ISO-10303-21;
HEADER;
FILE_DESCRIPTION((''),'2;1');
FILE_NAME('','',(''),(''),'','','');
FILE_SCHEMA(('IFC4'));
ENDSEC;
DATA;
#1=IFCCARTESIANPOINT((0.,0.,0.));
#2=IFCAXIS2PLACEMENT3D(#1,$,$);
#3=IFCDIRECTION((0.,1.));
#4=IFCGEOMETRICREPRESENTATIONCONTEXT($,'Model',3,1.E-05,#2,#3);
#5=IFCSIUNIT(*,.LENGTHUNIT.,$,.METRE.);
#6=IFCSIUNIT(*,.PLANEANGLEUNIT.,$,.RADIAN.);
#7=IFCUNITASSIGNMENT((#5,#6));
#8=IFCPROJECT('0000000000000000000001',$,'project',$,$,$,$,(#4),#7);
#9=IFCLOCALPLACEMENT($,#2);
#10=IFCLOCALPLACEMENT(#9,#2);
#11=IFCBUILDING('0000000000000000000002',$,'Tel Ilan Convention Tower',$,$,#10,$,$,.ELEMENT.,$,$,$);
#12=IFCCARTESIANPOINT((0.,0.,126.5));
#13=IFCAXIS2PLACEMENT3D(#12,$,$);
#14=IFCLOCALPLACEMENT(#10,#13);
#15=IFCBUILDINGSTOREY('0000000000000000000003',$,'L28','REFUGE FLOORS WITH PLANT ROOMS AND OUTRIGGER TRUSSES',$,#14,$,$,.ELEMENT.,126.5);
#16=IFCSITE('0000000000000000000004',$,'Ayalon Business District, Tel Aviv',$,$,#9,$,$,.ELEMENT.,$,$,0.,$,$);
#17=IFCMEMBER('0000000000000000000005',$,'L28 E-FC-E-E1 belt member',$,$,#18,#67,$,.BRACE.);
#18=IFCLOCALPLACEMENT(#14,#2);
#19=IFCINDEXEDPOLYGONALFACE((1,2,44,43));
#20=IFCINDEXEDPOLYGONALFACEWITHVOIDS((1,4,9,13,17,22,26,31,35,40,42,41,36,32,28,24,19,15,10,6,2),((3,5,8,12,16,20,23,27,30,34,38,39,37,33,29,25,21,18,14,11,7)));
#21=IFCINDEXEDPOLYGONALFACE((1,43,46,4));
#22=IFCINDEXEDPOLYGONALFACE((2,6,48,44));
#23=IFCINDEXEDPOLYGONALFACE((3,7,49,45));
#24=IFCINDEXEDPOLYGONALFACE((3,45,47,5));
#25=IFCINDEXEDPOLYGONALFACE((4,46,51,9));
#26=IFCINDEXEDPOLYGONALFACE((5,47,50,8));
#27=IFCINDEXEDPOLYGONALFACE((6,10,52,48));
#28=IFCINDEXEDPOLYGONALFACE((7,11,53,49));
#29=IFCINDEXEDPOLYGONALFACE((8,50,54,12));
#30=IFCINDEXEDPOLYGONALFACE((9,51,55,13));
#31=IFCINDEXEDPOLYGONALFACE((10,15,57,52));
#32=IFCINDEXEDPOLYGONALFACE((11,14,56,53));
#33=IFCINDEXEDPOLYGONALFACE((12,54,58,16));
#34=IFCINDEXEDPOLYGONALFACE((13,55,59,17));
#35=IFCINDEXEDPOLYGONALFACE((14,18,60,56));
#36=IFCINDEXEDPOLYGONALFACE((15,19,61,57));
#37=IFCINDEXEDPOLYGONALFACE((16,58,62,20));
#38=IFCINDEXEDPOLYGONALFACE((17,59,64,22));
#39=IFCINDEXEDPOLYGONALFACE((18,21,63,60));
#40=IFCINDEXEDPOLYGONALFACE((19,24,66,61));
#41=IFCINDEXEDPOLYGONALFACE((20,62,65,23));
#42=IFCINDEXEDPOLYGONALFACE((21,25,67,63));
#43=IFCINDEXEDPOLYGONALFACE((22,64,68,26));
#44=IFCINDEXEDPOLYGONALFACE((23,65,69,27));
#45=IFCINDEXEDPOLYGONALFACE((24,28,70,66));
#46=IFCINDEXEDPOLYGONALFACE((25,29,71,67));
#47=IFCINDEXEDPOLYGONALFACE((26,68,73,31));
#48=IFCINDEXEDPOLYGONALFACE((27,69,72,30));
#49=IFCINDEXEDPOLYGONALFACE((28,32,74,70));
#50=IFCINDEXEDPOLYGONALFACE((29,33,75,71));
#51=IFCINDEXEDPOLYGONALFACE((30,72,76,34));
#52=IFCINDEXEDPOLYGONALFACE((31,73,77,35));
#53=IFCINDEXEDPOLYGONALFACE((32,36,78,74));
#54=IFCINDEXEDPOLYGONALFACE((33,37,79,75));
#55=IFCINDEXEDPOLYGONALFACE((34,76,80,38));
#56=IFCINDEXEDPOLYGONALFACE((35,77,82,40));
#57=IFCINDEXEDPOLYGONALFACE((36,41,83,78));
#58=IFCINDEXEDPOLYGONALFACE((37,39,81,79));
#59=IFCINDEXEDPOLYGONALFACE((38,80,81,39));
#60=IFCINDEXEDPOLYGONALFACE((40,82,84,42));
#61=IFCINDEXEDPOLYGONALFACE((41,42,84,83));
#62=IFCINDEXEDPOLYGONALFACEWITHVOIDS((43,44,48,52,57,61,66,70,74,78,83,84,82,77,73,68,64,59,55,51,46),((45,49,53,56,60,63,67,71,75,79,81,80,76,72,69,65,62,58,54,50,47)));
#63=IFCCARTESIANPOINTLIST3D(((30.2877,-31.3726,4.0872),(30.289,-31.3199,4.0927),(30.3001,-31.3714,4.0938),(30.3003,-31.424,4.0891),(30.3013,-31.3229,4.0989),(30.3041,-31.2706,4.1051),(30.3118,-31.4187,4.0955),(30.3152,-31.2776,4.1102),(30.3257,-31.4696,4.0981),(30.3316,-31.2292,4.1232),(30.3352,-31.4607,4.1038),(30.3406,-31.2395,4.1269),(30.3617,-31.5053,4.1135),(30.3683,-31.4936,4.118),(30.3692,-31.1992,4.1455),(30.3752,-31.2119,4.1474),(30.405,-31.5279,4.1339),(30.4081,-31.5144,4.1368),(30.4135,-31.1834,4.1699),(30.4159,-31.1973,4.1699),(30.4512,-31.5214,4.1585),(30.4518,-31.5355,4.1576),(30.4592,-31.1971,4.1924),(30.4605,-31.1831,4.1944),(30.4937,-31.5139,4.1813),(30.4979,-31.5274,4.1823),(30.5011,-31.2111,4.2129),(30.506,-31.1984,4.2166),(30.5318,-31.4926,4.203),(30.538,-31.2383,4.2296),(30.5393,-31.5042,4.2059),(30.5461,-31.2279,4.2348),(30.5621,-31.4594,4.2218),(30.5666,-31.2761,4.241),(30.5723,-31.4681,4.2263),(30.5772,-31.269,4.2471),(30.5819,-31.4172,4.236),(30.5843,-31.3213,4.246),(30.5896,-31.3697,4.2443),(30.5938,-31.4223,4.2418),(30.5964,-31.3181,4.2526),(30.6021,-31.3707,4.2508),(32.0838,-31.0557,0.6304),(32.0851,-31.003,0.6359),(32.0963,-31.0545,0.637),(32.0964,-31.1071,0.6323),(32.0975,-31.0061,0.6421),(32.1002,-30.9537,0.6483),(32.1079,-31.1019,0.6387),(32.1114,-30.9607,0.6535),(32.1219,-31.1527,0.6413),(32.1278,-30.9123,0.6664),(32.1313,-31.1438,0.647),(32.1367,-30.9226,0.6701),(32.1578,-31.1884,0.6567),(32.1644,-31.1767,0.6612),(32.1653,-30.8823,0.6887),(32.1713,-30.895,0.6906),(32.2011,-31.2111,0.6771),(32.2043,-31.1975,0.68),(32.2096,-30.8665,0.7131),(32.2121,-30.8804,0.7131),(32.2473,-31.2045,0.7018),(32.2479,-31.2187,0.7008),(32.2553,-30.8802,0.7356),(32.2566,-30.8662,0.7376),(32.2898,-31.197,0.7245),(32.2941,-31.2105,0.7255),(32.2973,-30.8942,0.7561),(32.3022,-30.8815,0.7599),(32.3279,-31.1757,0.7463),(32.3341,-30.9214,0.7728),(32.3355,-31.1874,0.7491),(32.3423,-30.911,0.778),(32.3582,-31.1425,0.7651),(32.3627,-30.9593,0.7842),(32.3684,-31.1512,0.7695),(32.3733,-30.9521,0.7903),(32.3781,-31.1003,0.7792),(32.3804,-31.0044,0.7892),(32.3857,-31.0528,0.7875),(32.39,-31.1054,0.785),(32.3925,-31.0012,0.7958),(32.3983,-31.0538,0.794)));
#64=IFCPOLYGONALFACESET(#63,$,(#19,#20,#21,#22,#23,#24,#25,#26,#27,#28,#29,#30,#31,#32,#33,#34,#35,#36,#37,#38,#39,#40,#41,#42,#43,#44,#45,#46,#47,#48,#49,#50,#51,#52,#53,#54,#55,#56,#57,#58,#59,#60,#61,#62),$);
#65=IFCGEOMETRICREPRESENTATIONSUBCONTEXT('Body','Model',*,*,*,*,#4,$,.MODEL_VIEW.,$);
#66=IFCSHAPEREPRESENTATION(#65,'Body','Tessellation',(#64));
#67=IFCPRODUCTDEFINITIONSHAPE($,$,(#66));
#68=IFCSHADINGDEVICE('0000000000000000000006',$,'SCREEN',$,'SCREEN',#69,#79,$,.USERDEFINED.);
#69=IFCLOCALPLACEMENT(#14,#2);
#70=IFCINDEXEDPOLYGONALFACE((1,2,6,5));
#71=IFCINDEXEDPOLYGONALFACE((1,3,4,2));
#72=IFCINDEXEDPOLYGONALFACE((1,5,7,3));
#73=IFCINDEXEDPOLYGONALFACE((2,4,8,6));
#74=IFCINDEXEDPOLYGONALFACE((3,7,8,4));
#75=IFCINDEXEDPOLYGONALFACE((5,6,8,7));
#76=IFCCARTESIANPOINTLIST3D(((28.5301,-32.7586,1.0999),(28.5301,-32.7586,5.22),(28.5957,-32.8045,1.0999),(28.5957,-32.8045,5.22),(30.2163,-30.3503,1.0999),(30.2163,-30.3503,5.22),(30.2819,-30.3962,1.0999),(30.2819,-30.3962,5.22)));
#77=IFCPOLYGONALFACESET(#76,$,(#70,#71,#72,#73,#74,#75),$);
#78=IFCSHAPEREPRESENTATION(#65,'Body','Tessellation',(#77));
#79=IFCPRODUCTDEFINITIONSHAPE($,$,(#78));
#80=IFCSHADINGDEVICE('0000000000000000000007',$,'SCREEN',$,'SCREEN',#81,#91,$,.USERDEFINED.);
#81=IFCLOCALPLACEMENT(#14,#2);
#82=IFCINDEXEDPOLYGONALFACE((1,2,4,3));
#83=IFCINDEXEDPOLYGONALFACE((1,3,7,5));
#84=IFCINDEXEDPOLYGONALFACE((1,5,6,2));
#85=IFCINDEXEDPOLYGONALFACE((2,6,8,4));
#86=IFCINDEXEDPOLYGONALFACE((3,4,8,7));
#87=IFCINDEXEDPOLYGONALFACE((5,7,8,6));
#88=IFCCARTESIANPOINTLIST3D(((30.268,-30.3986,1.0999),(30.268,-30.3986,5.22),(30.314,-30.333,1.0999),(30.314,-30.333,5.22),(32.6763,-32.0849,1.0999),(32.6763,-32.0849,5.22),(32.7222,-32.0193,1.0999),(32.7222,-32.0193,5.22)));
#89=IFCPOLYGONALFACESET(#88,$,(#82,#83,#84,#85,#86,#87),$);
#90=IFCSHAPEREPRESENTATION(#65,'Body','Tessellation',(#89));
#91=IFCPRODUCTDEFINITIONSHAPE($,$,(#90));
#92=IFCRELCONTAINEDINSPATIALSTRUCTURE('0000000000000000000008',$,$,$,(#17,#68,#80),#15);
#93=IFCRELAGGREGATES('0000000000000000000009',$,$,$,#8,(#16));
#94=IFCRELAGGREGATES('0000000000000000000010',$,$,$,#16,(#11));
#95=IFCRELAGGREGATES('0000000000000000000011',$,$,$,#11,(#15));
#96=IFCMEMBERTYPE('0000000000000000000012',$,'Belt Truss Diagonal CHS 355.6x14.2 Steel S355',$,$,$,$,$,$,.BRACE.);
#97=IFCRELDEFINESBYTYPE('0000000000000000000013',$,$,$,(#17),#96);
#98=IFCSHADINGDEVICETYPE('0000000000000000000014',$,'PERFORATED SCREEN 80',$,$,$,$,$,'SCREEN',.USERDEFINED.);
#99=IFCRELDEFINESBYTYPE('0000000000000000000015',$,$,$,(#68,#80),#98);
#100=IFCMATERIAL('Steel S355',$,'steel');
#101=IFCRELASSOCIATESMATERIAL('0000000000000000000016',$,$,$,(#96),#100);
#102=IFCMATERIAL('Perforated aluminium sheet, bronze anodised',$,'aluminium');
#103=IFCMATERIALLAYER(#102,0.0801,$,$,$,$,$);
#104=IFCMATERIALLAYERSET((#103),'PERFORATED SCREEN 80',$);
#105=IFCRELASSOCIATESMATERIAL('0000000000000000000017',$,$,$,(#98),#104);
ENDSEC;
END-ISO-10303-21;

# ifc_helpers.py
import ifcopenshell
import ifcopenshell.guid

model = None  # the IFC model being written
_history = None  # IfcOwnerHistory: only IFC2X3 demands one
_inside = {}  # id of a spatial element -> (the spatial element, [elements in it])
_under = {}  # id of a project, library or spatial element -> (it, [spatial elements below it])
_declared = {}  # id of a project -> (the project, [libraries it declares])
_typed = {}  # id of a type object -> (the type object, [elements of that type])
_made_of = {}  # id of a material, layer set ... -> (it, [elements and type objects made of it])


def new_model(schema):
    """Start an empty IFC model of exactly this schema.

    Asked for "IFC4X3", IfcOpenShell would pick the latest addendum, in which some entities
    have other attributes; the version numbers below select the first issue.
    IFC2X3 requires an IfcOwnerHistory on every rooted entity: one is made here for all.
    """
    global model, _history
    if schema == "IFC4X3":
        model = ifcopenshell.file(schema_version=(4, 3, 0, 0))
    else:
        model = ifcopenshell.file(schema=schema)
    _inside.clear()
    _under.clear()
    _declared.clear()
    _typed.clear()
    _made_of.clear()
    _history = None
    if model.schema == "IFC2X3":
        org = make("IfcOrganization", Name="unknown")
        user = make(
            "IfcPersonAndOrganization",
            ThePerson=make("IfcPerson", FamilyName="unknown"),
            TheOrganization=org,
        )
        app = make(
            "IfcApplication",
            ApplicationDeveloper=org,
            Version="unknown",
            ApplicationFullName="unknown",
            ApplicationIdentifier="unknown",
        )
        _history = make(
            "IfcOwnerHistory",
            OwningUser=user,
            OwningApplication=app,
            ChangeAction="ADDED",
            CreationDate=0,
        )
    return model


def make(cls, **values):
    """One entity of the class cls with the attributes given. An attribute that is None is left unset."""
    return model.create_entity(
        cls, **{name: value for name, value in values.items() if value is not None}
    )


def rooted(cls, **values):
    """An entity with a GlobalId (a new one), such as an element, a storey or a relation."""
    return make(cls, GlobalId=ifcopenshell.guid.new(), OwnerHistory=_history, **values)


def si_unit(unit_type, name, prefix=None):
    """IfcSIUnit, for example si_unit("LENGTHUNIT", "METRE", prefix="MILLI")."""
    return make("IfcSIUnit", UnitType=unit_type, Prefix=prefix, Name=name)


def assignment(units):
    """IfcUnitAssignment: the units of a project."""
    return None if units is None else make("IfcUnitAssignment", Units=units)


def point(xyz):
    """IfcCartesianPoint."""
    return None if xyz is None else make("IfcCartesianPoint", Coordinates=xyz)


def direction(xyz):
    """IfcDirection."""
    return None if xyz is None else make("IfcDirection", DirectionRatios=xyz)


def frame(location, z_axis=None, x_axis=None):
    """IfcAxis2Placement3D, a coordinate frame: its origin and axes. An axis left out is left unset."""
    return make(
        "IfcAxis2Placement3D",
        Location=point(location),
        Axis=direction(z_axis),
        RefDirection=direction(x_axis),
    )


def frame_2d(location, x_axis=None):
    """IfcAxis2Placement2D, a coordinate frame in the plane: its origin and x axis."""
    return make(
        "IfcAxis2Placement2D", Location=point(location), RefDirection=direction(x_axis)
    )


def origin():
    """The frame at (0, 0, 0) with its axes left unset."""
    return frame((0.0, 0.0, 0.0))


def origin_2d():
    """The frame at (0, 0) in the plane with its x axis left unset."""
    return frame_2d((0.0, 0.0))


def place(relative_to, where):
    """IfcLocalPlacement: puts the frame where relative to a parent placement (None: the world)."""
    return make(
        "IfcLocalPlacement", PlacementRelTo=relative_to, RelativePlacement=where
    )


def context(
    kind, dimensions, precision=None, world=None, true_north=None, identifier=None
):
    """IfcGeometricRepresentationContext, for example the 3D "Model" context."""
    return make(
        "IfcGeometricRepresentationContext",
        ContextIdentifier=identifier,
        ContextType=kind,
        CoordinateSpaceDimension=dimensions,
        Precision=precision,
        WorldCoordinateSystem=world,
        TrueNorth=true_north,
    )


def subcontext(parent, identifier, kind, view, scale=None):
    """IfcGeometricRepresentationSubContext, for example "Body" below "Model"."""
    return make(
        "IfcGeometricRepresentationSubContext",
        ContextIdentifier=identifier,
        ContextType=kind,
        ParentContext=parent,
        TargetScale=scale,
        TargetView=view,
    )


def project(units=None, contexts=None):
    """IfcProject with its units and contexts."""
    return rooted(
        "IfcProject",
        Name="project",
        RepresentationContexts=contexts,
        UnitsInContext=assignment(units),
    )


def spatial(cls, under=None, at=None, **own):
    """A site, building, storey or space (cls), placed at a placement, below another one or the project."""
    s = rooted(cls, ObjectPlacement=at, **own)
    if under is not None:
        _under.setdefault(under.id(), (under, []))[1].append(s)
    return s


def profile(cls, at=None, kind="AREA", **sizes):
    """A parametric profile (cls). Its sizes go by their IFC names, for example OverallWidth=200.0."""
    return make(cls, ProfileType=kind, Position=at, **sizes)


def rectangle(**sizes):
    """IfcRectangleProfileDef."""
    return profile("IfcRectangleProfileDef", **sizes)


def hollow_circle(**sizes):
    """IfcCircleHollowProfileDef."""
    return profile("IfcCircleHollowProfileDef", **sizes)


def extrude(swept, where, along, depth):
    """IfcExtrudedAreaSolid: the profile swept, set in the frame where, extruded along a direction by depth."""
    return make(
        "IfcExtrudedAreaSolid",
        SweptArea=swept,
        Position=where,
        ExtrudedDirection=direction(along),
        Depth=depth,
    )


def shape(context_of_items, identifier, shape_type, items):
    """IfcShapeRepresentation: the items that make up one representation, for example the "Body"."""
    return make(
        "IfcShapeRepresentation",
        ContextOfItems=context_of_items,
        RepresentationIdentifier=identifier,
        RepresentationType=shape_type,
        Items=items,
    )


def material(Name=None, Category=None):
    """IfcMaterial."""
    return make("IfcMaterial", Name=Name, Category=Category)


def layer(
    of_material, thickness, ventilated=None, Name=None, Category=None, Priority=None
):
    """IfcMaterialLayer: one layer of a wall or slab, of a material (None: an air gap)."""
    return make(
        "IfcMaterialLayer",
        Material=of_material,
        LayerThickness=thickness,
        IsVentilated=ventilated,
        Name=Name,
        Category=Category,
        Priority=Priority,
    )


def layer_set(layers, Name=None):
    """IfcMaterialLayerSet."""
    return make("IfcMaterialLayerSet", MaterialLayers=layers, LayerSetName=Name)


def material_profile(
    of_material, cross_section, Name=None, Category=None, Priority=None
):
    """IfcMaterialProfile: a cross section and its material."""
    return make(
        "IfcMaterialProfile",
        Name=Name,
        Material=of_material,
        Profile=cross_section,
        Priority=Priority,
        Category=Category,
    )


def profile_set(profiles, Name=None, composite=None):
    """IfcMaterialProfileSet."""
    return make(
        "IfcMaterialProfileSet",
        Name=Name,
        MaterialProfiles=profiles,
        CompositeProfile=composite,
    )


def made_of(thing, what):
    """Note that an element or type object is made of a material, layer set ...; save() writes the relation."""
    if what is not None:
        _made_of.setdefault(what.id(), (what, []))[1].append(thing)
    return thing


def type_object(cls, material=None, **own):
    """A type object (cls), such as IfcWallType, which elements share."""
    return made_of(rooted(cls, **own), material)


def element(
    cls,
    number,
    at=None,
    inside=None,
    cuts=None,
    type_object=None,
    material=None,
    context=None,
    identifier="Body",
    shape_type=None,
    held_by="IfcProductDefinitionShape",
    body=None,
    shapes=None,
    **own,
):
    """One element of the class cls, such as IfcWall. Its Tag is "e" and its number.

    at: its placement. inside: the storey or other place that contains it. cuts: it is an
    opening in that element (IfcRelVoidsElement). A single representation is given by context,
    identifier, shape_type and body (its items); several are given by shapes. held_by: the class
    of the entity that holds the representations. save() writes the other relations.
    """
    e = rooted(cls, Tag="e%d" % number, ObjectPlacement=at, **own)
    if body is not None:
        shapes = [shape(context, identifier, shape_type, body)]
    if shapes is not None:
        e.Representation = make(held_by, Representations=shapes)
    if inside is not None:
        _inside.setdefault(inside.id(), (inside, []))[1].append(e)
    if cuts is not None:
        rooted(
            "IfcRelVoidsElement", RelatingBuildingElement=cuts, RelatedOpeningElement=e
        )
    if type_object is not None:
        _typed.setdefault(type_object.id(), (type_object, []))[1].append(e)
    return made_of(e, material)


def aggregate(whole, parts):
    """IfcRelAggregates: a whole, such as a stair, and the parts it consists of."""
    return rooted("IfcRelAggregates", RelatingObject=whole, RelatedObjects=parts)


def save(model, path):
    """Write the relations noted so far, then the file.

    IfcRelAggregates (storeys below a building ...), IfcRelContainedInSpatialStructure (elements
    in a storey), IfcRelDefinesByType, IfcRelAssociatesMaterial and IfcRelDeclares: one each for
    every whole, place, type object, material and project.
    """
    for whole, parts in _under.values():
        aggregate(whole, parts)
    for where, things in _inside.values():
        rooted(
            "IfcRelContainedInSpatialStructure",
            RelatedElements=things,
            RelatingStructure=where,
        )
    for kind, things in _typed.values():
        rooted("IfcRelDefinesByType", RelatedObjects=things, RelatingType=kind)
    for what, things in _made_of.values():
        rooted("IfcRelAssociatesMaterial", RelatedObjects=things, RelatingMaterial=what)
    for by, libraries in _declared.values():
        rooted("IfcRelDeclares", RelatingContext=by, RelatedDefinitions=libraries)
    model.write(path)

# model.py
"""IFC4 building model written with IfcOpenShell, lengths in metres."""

from ifc_helpers import new_model, si_unit, direction, frame, origin, origin_2d, place, context, subcontext, project, spatial, rectangle, hollow_circle, extrude, material, layer, layer_set, material_profile, profile_set, type_object, element, save


model = new_model("IFC4")

# Units and contexts
model_context = context("Model", 3, precision=1e-05, world=origin(), true_north=direction((0.0, 1.0)))
body_context = subcontext(model_context, "Body", "Model", "MODEL_VIEW")
ifc_project = project(units=[si_unit("LENGTHUNIT", "METRE"), si_unit("PLANEANGLEUNIT", "RADIAN")], contexts=[model_context])

# Site, building, storey
site_placement = place(None, origin())
site = spatial("IfcSite", under=ifc_project, at=site_placement, Name="Ayalon Business District, Tel Aviv", CompositionType="ELEMENT", RefElevation=0.0)
building_placement = place(site_placement, origin())
building = spatial("IfcBuilding", under=site, at=building_placement, Name="Tel Ilan Convention Tower", CompositionType="ELEMENT")
storey_placement = place(building_placement, frame((0.0, 0.0, 126.5)))
storey = spatial("IfcBuildingStorey", under=building, at=storey_placement, Name="L28", Description="REFUGE FLOORS WITH PLANT ROOMS AND OUTRIGGER TRUSSES", CompositionType="ELEMENT", Elevation=126.5)

# Member
ifc_material_1 = material(Name="Steel S355", Category="steel")
ifc_material_profile_1 = material_profile(ifc_material_1, hollow_circle(Radius=0.1777, WallThickness=0.0142, at=origin_2d()), Name="CHS 355.6x14.2")
ifc_profile_set_1 = profile_set([ifc_material_profile_1], Name="Steel S355")
member_type_1 = type_object("IfcMemberType", Name="Belt Truss Diagonal CHS 355.6x14.2 Steel S355", PredefinedType="BRACE", material=ifc_profile_set_1)
member_1_placement = place(storey_placement, frame((30.4443, -31.3584, 4.1699), z_axis=(0.459554, 0.081079, -0.884441), x_axis=(-0.173747, 0.98479, 0.0)))
element("IfcMember", 1, at=member_1_placement, inside=storey, type_object=member_type_1, Name="L28 E-FC-E-E1 belt member", PredefinedType="BRACE", context=body_context, shape_type="SweptSolid", body=[
    extrude(hollow_circle(Radius=0.1777, WallThickness=0.0142, at=origin_2d()), origin(), (0.0, 0.0, 1.0), 3.9084),
])

# Shading devices
ifc_material_2 = material(Name="Perforated aluminium sheet, bronze anodised", Category="aluminium")
ifc_layer_1 = layer(ifc_material_2, 0.0801)
ifc_layer_set_1 = layer_set([ifc_layer_1], Name="PERFORATED SCREEN 80")
shading_device_type_1 = type_object("IfcShadingDeviceType", Name="PERFORATED SCREEN 80", ElementType="SCREEN", PredefinedType="USERDEFINED", material=ifc_layer_set_1)
for number, where, z_axis, x_axis, name in (
    (2, (29.406, -31.5774, 1.0999), (0.0, 0.0, 1.0), (0.573576, 0.819152, 0.0), "SCREEN"),
    (3, (31.4951, -31.209, 1.0999), (0.0, 0.0, 1.0), (0.819152, -0.573576, 0.0), "SCREEN"),
):
    element("IfcShadingDevice", number, at=place(storey_placement, frame(where, z_axis=z_axis, x_axis=x_axis)), inside=storey, type_object=shading_device_type_1, Name=name, ObjectType="SCREEN", PredefinedType="USERDEFINED", context=body_context, shape_type="SweptSolid", body=[
        extrude(rectangle(XDim=2.9399, YDim=0.0801, at=origin_2d()), origin(), (0.0, 0.0, 1.0), 4.1201),
    ])

save(model, "model.ifc")
